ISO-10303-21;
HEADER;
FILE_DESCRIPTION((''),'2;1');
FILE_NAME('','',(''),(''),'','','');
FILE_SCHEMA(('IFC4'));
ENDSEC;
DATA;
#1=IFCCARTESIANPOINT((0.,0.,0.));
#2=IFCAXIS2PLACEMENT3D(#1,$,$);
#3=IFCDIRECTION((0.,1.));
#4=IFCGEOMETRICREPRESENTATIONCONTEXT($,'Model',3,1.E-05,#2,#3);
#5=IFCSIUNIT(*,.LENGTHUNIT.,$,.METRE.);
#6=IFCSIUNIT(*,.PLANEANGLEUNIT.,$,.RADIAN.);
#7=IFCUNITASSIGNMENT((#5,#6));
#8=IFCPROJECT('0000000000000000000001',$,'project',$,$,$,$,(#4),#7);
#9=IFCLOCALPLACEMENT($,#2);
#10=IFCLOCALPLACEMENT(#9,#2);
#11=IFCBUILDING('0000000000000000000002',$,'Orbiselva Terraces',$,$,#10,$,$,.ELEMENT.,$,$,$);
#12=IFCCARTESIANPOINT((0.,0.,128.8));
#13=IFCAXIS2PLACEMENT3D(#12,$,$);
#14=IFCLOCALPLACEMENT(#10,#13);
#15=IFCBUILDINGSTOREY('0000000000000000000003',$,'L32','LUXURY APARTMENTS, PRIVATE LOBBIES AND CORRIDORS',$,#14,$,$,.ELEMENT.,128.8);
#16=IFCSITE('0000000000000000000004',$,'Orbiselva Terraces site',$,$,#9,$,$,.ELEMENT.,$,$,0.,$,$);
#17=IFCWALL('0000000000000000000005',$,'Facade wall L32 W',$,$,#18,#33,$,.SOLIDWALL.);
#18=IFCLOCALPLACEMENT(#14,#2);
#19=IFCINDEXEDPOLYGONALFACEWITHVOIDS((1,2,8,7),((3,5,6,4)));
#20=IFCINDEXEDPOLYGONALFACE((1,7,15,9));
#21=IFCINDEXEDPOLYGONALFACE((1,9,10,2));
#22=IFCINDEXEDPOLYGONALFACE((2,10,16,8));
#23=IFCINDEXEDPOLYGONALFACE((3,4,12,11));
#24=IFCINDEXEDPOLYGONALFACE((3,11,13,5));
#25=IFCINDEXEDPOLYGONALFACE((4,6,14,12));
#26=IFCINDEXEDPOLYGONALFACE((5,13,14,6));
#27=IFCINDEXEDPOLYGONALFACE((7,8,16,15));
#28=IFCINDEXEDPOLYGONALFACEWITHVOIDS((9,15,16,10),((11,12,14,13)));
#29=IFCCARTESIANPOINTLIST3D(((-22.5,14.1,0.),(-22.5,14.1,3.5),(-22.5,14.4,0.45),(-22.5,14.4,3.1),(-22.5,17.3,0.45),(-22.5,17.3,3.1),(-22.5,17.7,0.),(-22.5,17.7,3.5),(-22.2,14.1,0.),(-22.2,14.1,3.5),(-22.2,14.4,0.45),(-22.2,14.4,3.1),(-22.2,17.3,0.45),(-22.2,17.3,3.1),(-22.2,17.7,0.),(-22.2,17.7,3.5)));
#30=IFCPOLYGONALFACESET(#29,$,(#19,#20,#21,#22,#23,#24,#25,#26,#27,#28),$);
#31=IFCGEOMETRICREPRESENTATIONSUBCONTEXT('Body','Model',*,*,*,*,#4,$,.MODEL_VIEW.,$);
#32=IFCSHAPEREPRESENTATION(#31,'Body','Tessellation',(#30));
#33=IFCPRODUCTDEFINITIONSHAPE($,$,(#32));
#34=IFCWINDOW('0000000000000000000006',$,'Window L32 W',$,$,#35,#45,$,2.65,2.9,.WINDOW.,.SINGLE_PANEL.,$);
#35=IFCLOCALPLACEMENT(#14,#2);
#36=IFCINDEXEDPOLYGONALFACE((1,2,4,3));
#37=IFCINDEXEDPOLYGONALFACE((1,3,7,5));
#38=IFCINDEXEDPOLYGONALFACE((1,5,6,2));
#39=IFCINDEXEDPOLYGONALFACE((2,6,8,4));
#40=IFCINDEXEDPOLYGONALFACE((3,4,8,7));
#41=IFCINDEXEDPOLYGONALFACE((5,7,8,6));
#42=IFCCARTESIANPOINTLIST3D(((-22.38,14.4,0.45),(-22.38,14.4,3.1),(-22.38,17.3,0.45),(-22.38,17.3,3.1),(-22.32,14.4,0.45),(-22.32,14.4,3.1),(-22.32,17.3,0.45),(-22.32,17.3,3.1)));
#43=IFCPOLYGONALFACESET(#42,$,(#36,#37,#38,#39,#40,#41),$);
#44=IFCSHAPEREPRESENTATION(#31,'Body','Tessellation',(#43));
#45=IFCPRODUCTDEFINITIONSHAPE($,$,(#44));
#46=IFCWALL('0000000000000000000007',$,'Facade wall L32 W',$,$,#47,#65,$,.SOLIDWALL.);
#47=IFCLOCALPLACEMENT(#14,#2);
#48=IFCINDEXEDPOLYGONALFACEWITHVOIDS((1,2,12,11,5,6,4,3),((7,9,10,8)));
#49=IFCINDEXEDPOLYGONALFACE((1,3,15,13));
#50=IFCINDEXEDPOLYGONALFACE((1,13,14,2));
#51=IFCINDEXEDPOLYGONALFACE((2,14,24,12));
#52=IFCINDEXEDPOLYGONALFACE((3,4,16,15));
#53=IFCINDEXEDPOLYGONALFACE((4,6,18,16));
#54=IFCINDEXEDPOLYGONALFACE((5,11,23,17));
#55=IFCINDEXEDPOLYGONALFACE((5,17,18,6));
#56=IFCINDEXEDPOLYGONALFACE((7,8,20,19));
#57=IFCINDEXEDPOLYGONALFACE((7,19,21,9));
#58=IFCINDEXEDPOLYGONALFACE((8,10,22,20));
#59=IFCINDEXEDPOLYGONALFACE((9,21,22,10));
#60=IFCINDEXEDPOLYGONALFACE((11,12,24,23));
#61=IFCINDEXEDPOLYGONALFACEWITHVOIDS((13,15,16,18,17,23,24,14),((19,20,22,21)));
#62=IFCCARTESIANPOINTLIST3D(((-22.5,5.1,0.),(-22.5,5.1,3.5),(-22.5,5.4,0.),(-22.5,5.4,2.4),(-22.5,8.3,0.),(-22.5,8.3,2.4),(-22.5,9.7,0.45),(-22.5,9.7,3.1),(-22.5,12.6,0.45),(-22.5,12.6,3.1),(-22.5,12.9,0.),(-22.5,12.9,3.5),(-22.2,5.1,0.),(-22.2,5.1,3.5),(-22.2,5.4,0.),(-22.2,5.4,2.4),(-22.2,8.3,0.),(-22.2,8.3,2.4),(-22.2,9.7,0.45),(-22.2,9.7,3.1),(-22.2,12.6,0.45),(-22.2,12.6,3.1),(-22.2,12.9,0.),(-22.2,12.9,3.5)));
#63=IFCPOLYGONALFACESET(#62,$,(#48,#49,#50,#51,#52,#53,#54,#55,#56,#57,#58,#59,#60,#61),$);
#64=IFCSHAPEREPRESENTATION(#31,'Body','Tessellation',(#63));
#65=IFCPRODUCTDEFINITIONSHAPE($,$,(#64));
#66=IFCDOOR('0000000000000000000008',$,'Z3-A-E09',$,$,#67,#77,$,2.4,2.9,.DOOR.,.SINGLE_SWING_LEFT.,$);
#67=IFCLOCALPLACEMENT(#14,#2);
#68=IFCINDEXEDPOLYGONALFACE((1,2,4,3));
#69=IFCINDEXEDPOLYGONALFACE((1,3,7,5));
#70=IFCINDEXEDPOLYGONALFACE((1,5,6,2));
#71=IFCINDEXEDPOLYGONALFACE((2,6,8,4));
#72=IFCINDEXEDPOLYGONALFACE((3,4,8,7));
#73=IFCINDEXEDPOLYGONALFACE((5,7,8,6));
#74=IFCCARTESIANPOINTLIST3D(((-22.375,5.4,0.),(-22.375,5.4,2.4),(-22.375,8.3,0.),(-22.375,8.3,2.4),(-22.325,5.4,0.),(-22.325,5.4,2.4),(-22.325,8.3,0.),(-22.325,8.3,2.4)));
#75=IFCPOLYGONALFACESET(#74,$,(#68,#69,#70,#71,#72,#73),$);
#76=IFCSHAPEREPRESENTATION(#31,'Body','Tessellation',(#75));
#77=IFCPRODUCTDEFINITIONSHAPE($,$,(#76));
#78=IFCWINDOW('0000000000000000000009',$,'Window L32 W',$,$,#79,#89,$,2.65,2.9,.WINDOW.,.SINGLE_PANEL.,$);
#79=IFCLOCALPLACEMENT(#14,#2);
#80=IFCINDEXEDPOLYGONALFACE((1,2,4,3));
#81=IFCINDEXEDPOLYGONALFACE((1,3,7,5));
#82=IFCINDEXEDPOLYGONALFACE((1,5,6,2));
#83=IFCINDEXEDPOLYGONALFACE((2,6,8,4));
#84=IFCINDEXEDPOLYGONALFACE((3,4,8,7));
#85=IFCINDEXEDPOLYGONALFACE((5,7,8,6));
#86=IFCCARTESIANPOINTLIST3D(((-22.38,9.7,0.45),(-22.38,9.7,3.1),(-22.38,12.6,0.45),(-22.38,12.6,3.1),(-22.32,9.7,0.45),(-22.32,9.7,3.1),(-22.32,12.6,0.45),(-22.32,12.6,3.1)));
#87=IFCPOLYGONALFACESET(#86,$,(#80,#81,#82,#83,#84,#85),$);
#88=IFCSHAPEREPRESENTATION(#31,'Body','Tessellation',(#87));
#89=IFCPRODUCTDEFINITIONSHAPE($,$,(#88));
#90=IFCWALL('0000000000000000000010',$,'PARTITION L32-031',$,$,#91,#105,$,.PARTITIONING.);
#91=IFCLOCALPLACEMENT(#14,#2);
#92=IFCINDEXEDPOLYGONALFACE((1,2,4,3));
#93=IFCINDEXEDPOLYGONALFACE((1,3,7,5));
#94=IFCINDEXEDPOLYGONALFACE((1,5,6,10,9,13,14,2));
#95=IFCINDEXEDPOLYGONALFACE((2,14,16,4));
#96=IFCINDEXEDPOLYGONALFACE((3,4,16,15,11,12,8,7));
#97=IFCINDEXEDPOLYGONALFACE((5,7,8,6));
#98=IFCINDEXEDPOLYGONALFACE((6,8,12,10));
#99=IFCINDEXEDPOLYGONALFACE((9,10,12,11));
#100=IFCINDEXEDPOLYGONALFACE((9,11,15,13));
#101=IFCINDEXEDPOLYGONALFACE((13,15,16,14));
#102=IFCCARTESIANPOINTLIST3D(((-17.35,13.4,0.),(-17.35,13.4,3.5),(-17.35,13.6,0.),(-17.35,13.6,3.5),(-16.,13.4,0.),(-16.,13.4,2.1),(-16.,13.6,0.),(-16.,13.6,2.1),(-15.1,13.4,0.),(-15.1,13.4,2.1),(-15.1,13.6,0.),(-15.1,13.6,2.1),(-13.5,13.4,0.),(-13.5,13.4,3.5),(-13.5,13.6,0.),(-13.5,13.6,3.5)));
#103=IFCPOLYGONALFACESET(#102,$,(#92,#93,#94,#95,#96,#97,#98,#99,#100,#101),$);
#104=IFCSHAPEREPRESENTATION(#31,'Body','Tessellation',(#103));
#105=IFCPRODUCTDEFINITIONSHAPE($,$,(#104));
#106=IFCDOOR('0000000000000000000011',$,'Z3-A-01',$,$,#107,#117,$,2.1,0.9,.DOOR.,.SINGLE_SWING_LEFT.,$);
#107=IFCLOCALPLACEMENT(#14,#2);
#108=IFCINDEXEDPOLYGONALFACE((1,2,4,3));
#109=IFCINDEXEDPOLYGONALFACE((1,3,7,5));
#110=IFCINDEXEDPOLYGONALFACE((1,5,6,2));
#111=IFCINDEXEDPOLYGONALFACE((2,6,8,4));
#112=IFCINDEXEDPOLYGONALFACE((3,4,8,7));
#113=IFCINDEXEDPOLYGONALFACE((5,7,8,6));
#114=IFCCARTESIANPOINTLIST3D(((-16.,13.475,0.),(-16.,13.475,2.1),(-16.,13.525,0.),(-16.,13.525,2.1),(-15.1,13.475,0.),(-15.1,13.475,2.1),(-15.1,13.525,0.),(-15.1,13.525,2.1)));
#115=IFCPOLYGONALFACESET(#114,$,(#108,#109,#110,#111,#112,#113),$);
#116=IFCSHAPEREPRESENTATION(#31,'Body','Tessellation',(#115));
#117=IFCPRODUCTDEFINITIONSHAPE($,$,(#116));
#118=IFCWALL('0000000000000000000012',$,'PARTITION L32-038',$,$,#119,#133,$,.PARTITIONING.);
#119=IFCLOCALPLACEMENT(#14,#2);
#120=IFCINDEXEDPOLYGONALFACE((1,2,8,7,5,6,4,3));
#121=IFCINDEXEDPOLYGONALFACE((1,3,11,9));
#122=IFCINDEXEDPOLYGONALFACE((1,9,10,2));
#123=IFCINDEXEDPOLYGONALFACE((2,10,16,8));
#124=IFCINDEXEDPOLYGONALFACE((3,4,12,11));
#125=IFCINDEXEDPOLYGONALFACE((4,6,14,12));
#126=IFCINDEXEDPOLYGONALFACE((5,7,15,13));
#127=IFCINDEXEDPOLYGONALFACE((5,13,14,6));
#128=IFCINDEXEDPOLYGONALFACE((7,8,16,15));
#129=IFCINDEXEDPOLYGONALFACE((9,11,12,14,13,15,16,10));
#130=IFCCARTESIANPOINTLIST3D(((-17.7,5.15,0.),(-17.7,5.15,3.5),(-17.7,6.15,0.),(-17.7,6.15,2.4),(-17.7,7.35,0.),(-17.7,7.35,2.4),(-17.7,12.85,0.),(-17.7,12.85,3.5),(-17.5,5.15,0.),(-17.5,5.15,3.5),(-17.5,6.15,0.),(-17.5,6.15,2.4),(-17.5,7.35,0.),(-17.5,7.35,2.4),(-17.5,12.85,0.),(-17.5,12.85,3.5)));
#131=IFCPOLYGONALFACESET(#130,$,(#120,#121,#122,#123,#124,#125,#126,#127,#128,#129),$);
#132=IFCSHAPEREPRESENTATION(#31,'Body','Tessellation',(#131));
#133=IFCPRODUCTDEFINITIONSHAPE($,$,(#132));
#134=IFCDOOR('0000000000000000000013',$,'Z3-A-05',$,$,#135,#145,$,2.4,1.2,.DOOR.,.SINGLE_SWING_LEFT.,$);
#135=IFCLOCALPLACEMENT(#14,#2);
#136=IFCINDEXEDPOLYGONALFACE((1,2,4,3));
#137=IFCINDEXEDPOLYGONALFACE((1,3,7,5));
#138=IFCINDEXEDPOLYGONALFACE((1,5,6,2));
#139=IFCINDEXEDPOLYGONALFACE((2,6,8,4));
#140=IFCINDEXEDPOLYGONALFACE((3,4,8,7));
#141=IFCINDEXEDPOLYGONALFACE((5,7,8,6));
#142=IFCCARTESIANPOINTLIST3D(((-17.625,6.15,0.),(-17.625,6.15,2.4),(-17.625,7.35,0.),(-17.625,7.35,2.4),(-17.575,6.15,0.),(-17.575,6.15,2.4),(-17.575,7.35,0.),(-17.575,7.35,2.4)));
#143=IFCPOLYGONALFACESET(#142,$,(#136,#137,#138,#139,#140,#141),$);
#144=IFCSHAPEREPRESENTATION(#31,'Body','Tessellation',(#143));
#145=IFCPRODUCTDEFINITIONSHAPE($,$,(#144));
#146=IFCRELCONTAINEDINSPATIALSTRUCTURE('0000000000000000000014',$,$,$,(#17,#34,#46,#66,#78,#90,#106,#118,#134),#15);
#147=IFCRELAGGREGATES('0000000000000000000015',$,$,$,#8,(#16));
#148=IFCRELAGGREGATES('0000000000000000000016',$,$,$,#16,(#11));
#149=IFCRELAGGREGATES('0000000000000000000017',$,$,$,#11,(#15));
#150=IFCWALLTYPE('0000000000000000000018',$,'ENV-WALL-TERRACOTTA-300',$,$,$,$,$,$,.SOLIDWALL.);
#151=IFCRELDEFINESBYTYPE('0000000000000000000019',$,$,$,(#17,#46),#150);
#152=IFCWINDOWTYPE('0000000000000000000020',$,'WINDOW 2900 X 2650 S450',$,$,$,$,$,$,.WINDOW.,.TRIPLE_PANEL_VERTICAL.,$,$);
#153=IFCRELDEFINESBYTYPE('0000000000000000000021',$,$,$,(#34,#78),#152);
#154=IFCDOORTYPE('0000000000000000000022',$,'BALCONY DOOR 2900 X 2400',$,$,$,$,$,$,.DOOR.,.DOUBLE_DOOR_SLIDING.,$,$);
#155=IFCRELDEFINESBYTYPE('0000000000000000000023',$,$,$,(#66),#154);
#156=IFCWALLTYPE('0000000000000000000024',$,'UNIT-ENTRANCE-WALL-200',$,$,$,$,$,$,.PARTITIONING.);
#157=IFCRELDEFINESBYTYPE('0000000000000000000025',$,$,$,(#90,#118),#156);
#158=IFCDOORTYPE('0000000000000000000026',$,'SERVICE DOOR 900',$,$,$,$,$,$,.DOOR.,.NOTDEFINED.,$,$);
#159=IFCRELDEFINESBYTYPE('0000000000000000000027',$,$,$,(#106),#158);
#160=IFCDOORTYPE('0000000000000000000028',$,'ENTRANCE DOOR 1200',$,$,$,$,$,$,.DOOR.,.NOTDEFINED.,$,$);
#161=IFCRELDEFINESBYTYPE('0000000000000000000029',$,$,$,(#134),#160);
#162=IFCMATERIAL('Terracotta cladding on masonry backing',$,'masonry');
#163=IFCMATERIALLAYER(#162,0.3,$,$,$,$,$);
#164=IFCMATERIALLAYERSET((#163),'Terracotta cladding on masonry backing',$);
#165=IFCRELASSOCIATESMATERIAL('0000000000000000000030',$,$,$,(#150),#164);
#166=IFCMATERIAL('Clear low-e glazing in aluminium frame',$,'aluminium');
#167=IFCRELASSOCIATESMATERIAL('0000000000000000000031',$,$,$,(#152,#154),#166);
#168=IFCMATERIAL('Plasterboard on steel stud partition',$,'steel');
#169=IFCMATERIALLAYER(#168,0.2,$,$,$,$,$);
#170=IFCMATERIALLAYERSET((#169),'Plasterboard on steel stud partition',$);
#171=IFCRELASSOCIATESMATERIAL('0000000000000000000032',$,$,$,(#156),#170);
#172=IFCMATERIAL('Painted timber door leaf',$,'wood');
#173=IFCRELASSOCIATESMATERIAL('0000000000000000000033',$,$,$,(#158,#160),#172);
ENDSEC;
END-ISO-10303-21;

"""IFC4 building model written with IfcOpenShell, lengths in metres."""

from ifc_helpers import new_model, si_unit, direction, frame, frame_2d, origin, place, context, subcontext, project, spatial, rectangle, extrude, material, layer, layer_set, type_object, element, fill, save


model = new_model("IFC4")

# Units and contexts
model_context = context("Model", 3, precision=1e-05, world=origin(), true_north=direction((0.0, 1.0)))
body_context = subcontext(model_context, "Body", "Model", "MODEL_VIEW")
ifc_project = project(units=[si_unit("LENGTHUNIT", "METRE"), si_unit("PLANEANGLEUNIT", "RADIAN")], contexts=[model_context])

# Site, building, storey
site_placement = place(None, origin())
site = spatial("IfcSite", under=ifc_project, at=site_placement, Name="Orbiselva Terraces site", CompositionType="ELEMENT", RefElevation=0.0)
building_placement = place(site_placement, origin())
building = spatial("IfcBuilding", under=site, at=building_placement, Name="Orbiselva Terraces", CompositionType="ELEMENT")
storey_placement = place(building_placement, frame((0.0, 0.0, 128.8)))
storey = spatial("IfcBuildingStorey", under=building, at=storey_placement, Name="L32", Description="LUXURY APARTMENTS, PRIVATE LOBBIES AND CORRIDORS", CompositionType="ELEMENT", Elevation=128.8)

# Shared definitions
ifc_material_1 = material(Name="Terracotta cladding on masonry backing", Category="masonry")
ifc_layer_1 = layer(ifc_material_1, 0.3)
ifc_layer_set_1 = layer_set([ifc_layer_1], Name="Terracotta cladding on masonry backing")
wall_type_1 = type_object("IfcWallType", Name="ENV-WALL-TERRACOTTA-300", PredefinedType="SOLIDWALL", material=ifc_layer_set_1)

# Wall, opening, window
wall_1_placement = place(storey_placement, frame((-22.35, 14.1, 0.0), z_axis=(0.0, 0.0, 1.0), x_axis=(0.0, 1.0, 0.0)))
wall_1 = element("IfcWall", 1, at=wall_1_placement, inside=storey, type_object=wall_type_1, Name="Facade wall L32 W", PredefinedType="SOLIDWALL", context=body_context, shape_type="SweptSolid", body=[
    extrude(rectangle(XDim=3.6, YDim=0.3, at=frame_2d((1.8, 0.0))), origin(), (0.0, 0.0, 1.0), 3.5),
])
opening_1_placement = place(wall_1_placement, frame((0.3, 0.0, 0.45)))
opening_1 = element("IfcOpeningElement", 2, at=opening_1_placement, cuts=wall_1, PredefinedType="OPENING", context=body_context, shape_type="SweptSolid", body=[
    extrude(rectangle(XDim=2.9, YDim=2.65, at=frame_2d((1.45, 1.325))), frame((0.0, 0.16, 0.0), z_axis=(0.0, -1.0, 0.0), x_axis=(1.0, 0.0, 0.0)), (0.0, 0.0, 1.0), 0.32),
])
ifc_material_2 = material(Name="Clear low-e glazing in aluminium frame", Category="aluminium")
window_type = type_object("IfcWindowType", Name="WINDOW 2900 X 2650 S450", PartitioningType="TRIPLE_PANEL_VERTICAL", PredefinedType="WINDOW", material=ifc_material_2)
window_1_placement = place(opening_1_placement, origin())
window_1 = element("IfcWindow", 3, at=window_1_placement, inside=storey, type_object=window_type, Name="Window L32 W", OverallHeight=2.65, OverallWidth=2.9, PartitioningType="SINGLE_PANEL", PredefinedType="WINDOW", context=body_context, shape_type="SweptSolid", body=[
    extrude(rectangle(XDim=2.9, YDim=2.65, at=frame_2d((1.45, 1.325))), frame((0.0, 0.03, 0.0), z_axis=(0.0, -1.0, 0.0), x_axis=(1.0, 0.0, 0.0)), (0.0, 0.0, 1.0), 0.06),
])
fill(opening_1, window_1)

# Wall, openings, door, window
wall_2_placement = place(storey_placement, frame((-22.35, 5.1, 0.0), z_axis=(0.0, 0.0, 1.0), x_axis=(0.0, 1.0, 0.0)))
wall_2 = element("IfcWall", 4, at=wall_2_placement, inside=storey, type_object=wall_type_1, Name="Facade wall L32 W", PredefinedType="SOLIDWALL", context=body_context, shape_type="SweptSolid", body=[
    extrude(rectangle(XDim=7.8, YDim=0.3, at=frame_2d((3.9, 0.0))), origin(), (0.0, 0.0, 1.0), 3.5),
])
opening_2_placement = place(wall_2_placement, frame((4.6, 0.0, 0.45)))
opening_2 = element("IfcOpeningElement", 5, at=opening_2_placement, cuts=wall_2, PredefinedType="OPENING", context=body_context, shape_type="SweptSolid", body=[
    extrude(rectangle(XDim=2.9, YDim=2.65, at=frame_2d((1.45, 1.325))), frame((0.0, 0.16, 0.0), z_axis=(0.0, -1.0, 0.0), x_axis=(1.0, 0.0, 0.0)), (0.0, 0.0, 1.0), 0.32),
])
opening_3_placement = place(wall_2_placement, frame((0.3, 0.0, 0.0)))
opening_3 = element("IfcOpeningElement", 6, at=opening_3_placement, cuts=wall_2, PredefinedType="OPENING", context=body_context, shape_type="SweptSolid", body=[
    extrude(rectangle(XDim=2.9, YDim=2.4, at=frame_2d((1.45, 1.2))), frame((0.0, 0.16, 0.0), z_axis=(0.0, -1.0, 0.0), x_axis=(1.0, 0.0, 0.0)), (0.0, 0.0, 1.0), 0.32),
])
door_type_1 = type_object("IfcDoorType", Name="BALCONY DOOR 2900 X 2400", OperationType="DOUBLE_DOOR_SLIDING", PredefinedType="DOOR", material=ifc_material_2)
door_1_placement = place(opening_3_placement, origin())
door_1 = element("IfcDoor", 7, at=door_1_placement, inside=storey, type_object=door_type_1, Name="Z3-A-E09", OperationType="SINGLE_SWING_LEFT", OverallHeight=2.4, OverallWidth=2.9, PredefinedType="DOOR", context=body_context, shape_type="SweptSolid", body=[
    extrude(rectangle(XDim=2.9, YDim=2.4, at=frame_2d((1.45, 1.2))), frame((0.0, 0.025, 0.0), z_axis=(0.0, -1.0, 0.0), x_axis=(1.0, 0.0, 0.0)), (0.0, 0.0, 1.0), 0.05),
])
fill(opening_3, door_1)
window_2_placement = place(opening_2_placement, origin())
window_2 = element("IfcWindow", 8, at=window_2_placement, inside=storey, type_object=window_type, Name="Window L32 W", OverallHeight=2.65, OverallWidth=2.9, PartitioningType="SINGLE_PANEL", PredefinedType="WINDOW", context=body_context, shape_type="SweptSolid", body=[
    extrude(rectangle(XDim=2.9, YDim=2.65, at=frame_2d((1.45, 1.325))), frame((0.0, 0.03, 0.0), z_axis=(0.0, -1.0, 0.0), x_axis=(1.0, 0.0, 0.0)), (0.0, 0.0, 1.0), 0.06),
])
fill(opening_2, window_2)

# Walls, openings, doors
ifc_material_3 = material(Name="Plasterboard on steel stud partition", Category="steel")
ifc_layer_2 = layer(ifc_material_3, 0.2)
ifc_layer_set_2 = layer_set([ifc_layer_2], Name="Plasterboard on steel stud partition")
wall_type_2 = type_object("IfcWallType", Name="UNIT-ENTRANCE-WALL-200", PredefinedType="PARTITIONING", material=ifc_layer_set_2)
wall_3_placement = place(storey_placement, frame((-17.35, 13.5, 0.0), z_axis=(0.0, 0.0, 1.0), x_axis=(1.0, 0.0, 0.0)))
wall_3 = element("IfcWall", 9, at=wall_3_placement, inside=storey, type_object=wall_type_2, Name="PARTITION L32-031", PredefinedType="PARTITIONING", context=body_context, shape_type="SweptSolid", body=[
    extrude(rectangle(XDim=3.85, YDim=0.2, at=frame_2d((1.925, 0.0))), origin(), (0.0, 0.0, 1.0), 3.5),
])
opening_4_placement = place(wall_3_placement, frame((1.35, 0.0, 0.0)))
opening_4 = element("IfcOpeningElement", 10, at=opening_4_placement, cuts=wall_3, PredefinedType="OPENING", context=body_context, shape_type="SweptSolid", body=[
    extrude(rectangle(XDim=0.9, YDim=2.1, at=frame_2d((0.45, 1.05))), frame((0.0, 0.11, 0.0), z_axis=(0.0, -1.0, 0.0), x_axis=(1.0, 0.0, 0.0)), (0.0, 0.0, 1.0), 0.22),
])
ifc_material_4 = material(Name="Painted timber door leaf", Category="wood")
door_type_2 = type_object("IfcDoorType", Name="SERVICE DOOR 900", OperationType="NOTDEFINED", PredefinedType="DOOR", material=ifc_material_4)
door_2_placement = place(opening_4_placement, origin())
door_2 = element("IfcDoor", 11, at=door_2_placement, inside=storey, type_object=door_type_2, Name="Z3-A-01", OperationType="SINGLE_SWING_LEFT", OverallHeight=2.1, OverallWidth=0.9, PredefinedType="DOOR", context=body_context, shape_type="SweptSolid", body=[
    extrude(rectangle(XDim=0.9, YDim=2.1, at=frame_2d((0.45, 1.05))), frame((0.0, 0.025, 0.0), z_axis=(0.0, -1.0, 0.0), x_axis=(1.0, 0.0, 0.0)), (0.0, 0.0, 1.0), 0.05),
])
fill(opening_4, door_2)
wall_4_placement = place(storey_placement, frame((-17.6, 5.15, 0.0), z_axis=(0.0, 0.0, 1.0), x_axis=(0.0, 1.0, 0.0)))
wall_4 = element("IfcWall", 12, at=wall_4_placement, inside=storey, type_object=wall_type_2, Name="PARTITION L32-038", PredefinedType="PARTITIONING", context=body_context, shape_type="SweptSolid", body=[
    extrude(rectangle(XDim=7.7, YDim=0.2, at=frame_2d((3.85, 0.0))), origin(), (0.0, 0.0, 1.0), 3.5),
])
opening_5_placement = place(wall_4_placement, frame((1.0, 0.0, 0.0)))
opening_5 = element("IfcOpeningElement", 13, at=opening_5_placement, cuts=wall_4, PredefinedType="OPENING", context=body_context, shape_type="SweptSolid", body=[
    extrude(rectangle(XDim=1.2, YDim=2.4, at=frame_2d((0.6, 1.2))), frame((0.0, 0.11, 0.0), z_axis=(0.0, -1.0, 0.0), x_axis=(1.0, 0.0, 0.0)), (0.0, 0.0, 1.0), 0.22),
])
door_type_3 = type_object("IfcDoorType", Name="ENTRANCE DOOR 1200", OperationType="NOTDEFINED", PredefinedType="DOOR", material=ifc_material_4)
door_3_placement = place(opening_5_placement, origin())
door_3 = element("IfcDoor", 14, at=door_3_placement, inside=storey, type_object=door_type_3, Name="Z3-A-05", OperationType="SINGLE_SWING_LEFT", OverallHeight=2.4, OverallWidth=1.2, PredefinedType="DOOR", context=body_context, shape_type="SweptSolid", body=[
    extrude(rectangle(XDim=1.2, YDim=2.4, at=frame_2d((0.6, 1.2))), frame((0.0, 0.025, 0.0), z_axis=(0.0, -1.0, 0.0), x_axis=(1.0, 0.0, 0.0)), (0.0, 0.0, 1.0), 0.05),
])
fill(opening_5, door_3)

save(model, "model.ifc")
